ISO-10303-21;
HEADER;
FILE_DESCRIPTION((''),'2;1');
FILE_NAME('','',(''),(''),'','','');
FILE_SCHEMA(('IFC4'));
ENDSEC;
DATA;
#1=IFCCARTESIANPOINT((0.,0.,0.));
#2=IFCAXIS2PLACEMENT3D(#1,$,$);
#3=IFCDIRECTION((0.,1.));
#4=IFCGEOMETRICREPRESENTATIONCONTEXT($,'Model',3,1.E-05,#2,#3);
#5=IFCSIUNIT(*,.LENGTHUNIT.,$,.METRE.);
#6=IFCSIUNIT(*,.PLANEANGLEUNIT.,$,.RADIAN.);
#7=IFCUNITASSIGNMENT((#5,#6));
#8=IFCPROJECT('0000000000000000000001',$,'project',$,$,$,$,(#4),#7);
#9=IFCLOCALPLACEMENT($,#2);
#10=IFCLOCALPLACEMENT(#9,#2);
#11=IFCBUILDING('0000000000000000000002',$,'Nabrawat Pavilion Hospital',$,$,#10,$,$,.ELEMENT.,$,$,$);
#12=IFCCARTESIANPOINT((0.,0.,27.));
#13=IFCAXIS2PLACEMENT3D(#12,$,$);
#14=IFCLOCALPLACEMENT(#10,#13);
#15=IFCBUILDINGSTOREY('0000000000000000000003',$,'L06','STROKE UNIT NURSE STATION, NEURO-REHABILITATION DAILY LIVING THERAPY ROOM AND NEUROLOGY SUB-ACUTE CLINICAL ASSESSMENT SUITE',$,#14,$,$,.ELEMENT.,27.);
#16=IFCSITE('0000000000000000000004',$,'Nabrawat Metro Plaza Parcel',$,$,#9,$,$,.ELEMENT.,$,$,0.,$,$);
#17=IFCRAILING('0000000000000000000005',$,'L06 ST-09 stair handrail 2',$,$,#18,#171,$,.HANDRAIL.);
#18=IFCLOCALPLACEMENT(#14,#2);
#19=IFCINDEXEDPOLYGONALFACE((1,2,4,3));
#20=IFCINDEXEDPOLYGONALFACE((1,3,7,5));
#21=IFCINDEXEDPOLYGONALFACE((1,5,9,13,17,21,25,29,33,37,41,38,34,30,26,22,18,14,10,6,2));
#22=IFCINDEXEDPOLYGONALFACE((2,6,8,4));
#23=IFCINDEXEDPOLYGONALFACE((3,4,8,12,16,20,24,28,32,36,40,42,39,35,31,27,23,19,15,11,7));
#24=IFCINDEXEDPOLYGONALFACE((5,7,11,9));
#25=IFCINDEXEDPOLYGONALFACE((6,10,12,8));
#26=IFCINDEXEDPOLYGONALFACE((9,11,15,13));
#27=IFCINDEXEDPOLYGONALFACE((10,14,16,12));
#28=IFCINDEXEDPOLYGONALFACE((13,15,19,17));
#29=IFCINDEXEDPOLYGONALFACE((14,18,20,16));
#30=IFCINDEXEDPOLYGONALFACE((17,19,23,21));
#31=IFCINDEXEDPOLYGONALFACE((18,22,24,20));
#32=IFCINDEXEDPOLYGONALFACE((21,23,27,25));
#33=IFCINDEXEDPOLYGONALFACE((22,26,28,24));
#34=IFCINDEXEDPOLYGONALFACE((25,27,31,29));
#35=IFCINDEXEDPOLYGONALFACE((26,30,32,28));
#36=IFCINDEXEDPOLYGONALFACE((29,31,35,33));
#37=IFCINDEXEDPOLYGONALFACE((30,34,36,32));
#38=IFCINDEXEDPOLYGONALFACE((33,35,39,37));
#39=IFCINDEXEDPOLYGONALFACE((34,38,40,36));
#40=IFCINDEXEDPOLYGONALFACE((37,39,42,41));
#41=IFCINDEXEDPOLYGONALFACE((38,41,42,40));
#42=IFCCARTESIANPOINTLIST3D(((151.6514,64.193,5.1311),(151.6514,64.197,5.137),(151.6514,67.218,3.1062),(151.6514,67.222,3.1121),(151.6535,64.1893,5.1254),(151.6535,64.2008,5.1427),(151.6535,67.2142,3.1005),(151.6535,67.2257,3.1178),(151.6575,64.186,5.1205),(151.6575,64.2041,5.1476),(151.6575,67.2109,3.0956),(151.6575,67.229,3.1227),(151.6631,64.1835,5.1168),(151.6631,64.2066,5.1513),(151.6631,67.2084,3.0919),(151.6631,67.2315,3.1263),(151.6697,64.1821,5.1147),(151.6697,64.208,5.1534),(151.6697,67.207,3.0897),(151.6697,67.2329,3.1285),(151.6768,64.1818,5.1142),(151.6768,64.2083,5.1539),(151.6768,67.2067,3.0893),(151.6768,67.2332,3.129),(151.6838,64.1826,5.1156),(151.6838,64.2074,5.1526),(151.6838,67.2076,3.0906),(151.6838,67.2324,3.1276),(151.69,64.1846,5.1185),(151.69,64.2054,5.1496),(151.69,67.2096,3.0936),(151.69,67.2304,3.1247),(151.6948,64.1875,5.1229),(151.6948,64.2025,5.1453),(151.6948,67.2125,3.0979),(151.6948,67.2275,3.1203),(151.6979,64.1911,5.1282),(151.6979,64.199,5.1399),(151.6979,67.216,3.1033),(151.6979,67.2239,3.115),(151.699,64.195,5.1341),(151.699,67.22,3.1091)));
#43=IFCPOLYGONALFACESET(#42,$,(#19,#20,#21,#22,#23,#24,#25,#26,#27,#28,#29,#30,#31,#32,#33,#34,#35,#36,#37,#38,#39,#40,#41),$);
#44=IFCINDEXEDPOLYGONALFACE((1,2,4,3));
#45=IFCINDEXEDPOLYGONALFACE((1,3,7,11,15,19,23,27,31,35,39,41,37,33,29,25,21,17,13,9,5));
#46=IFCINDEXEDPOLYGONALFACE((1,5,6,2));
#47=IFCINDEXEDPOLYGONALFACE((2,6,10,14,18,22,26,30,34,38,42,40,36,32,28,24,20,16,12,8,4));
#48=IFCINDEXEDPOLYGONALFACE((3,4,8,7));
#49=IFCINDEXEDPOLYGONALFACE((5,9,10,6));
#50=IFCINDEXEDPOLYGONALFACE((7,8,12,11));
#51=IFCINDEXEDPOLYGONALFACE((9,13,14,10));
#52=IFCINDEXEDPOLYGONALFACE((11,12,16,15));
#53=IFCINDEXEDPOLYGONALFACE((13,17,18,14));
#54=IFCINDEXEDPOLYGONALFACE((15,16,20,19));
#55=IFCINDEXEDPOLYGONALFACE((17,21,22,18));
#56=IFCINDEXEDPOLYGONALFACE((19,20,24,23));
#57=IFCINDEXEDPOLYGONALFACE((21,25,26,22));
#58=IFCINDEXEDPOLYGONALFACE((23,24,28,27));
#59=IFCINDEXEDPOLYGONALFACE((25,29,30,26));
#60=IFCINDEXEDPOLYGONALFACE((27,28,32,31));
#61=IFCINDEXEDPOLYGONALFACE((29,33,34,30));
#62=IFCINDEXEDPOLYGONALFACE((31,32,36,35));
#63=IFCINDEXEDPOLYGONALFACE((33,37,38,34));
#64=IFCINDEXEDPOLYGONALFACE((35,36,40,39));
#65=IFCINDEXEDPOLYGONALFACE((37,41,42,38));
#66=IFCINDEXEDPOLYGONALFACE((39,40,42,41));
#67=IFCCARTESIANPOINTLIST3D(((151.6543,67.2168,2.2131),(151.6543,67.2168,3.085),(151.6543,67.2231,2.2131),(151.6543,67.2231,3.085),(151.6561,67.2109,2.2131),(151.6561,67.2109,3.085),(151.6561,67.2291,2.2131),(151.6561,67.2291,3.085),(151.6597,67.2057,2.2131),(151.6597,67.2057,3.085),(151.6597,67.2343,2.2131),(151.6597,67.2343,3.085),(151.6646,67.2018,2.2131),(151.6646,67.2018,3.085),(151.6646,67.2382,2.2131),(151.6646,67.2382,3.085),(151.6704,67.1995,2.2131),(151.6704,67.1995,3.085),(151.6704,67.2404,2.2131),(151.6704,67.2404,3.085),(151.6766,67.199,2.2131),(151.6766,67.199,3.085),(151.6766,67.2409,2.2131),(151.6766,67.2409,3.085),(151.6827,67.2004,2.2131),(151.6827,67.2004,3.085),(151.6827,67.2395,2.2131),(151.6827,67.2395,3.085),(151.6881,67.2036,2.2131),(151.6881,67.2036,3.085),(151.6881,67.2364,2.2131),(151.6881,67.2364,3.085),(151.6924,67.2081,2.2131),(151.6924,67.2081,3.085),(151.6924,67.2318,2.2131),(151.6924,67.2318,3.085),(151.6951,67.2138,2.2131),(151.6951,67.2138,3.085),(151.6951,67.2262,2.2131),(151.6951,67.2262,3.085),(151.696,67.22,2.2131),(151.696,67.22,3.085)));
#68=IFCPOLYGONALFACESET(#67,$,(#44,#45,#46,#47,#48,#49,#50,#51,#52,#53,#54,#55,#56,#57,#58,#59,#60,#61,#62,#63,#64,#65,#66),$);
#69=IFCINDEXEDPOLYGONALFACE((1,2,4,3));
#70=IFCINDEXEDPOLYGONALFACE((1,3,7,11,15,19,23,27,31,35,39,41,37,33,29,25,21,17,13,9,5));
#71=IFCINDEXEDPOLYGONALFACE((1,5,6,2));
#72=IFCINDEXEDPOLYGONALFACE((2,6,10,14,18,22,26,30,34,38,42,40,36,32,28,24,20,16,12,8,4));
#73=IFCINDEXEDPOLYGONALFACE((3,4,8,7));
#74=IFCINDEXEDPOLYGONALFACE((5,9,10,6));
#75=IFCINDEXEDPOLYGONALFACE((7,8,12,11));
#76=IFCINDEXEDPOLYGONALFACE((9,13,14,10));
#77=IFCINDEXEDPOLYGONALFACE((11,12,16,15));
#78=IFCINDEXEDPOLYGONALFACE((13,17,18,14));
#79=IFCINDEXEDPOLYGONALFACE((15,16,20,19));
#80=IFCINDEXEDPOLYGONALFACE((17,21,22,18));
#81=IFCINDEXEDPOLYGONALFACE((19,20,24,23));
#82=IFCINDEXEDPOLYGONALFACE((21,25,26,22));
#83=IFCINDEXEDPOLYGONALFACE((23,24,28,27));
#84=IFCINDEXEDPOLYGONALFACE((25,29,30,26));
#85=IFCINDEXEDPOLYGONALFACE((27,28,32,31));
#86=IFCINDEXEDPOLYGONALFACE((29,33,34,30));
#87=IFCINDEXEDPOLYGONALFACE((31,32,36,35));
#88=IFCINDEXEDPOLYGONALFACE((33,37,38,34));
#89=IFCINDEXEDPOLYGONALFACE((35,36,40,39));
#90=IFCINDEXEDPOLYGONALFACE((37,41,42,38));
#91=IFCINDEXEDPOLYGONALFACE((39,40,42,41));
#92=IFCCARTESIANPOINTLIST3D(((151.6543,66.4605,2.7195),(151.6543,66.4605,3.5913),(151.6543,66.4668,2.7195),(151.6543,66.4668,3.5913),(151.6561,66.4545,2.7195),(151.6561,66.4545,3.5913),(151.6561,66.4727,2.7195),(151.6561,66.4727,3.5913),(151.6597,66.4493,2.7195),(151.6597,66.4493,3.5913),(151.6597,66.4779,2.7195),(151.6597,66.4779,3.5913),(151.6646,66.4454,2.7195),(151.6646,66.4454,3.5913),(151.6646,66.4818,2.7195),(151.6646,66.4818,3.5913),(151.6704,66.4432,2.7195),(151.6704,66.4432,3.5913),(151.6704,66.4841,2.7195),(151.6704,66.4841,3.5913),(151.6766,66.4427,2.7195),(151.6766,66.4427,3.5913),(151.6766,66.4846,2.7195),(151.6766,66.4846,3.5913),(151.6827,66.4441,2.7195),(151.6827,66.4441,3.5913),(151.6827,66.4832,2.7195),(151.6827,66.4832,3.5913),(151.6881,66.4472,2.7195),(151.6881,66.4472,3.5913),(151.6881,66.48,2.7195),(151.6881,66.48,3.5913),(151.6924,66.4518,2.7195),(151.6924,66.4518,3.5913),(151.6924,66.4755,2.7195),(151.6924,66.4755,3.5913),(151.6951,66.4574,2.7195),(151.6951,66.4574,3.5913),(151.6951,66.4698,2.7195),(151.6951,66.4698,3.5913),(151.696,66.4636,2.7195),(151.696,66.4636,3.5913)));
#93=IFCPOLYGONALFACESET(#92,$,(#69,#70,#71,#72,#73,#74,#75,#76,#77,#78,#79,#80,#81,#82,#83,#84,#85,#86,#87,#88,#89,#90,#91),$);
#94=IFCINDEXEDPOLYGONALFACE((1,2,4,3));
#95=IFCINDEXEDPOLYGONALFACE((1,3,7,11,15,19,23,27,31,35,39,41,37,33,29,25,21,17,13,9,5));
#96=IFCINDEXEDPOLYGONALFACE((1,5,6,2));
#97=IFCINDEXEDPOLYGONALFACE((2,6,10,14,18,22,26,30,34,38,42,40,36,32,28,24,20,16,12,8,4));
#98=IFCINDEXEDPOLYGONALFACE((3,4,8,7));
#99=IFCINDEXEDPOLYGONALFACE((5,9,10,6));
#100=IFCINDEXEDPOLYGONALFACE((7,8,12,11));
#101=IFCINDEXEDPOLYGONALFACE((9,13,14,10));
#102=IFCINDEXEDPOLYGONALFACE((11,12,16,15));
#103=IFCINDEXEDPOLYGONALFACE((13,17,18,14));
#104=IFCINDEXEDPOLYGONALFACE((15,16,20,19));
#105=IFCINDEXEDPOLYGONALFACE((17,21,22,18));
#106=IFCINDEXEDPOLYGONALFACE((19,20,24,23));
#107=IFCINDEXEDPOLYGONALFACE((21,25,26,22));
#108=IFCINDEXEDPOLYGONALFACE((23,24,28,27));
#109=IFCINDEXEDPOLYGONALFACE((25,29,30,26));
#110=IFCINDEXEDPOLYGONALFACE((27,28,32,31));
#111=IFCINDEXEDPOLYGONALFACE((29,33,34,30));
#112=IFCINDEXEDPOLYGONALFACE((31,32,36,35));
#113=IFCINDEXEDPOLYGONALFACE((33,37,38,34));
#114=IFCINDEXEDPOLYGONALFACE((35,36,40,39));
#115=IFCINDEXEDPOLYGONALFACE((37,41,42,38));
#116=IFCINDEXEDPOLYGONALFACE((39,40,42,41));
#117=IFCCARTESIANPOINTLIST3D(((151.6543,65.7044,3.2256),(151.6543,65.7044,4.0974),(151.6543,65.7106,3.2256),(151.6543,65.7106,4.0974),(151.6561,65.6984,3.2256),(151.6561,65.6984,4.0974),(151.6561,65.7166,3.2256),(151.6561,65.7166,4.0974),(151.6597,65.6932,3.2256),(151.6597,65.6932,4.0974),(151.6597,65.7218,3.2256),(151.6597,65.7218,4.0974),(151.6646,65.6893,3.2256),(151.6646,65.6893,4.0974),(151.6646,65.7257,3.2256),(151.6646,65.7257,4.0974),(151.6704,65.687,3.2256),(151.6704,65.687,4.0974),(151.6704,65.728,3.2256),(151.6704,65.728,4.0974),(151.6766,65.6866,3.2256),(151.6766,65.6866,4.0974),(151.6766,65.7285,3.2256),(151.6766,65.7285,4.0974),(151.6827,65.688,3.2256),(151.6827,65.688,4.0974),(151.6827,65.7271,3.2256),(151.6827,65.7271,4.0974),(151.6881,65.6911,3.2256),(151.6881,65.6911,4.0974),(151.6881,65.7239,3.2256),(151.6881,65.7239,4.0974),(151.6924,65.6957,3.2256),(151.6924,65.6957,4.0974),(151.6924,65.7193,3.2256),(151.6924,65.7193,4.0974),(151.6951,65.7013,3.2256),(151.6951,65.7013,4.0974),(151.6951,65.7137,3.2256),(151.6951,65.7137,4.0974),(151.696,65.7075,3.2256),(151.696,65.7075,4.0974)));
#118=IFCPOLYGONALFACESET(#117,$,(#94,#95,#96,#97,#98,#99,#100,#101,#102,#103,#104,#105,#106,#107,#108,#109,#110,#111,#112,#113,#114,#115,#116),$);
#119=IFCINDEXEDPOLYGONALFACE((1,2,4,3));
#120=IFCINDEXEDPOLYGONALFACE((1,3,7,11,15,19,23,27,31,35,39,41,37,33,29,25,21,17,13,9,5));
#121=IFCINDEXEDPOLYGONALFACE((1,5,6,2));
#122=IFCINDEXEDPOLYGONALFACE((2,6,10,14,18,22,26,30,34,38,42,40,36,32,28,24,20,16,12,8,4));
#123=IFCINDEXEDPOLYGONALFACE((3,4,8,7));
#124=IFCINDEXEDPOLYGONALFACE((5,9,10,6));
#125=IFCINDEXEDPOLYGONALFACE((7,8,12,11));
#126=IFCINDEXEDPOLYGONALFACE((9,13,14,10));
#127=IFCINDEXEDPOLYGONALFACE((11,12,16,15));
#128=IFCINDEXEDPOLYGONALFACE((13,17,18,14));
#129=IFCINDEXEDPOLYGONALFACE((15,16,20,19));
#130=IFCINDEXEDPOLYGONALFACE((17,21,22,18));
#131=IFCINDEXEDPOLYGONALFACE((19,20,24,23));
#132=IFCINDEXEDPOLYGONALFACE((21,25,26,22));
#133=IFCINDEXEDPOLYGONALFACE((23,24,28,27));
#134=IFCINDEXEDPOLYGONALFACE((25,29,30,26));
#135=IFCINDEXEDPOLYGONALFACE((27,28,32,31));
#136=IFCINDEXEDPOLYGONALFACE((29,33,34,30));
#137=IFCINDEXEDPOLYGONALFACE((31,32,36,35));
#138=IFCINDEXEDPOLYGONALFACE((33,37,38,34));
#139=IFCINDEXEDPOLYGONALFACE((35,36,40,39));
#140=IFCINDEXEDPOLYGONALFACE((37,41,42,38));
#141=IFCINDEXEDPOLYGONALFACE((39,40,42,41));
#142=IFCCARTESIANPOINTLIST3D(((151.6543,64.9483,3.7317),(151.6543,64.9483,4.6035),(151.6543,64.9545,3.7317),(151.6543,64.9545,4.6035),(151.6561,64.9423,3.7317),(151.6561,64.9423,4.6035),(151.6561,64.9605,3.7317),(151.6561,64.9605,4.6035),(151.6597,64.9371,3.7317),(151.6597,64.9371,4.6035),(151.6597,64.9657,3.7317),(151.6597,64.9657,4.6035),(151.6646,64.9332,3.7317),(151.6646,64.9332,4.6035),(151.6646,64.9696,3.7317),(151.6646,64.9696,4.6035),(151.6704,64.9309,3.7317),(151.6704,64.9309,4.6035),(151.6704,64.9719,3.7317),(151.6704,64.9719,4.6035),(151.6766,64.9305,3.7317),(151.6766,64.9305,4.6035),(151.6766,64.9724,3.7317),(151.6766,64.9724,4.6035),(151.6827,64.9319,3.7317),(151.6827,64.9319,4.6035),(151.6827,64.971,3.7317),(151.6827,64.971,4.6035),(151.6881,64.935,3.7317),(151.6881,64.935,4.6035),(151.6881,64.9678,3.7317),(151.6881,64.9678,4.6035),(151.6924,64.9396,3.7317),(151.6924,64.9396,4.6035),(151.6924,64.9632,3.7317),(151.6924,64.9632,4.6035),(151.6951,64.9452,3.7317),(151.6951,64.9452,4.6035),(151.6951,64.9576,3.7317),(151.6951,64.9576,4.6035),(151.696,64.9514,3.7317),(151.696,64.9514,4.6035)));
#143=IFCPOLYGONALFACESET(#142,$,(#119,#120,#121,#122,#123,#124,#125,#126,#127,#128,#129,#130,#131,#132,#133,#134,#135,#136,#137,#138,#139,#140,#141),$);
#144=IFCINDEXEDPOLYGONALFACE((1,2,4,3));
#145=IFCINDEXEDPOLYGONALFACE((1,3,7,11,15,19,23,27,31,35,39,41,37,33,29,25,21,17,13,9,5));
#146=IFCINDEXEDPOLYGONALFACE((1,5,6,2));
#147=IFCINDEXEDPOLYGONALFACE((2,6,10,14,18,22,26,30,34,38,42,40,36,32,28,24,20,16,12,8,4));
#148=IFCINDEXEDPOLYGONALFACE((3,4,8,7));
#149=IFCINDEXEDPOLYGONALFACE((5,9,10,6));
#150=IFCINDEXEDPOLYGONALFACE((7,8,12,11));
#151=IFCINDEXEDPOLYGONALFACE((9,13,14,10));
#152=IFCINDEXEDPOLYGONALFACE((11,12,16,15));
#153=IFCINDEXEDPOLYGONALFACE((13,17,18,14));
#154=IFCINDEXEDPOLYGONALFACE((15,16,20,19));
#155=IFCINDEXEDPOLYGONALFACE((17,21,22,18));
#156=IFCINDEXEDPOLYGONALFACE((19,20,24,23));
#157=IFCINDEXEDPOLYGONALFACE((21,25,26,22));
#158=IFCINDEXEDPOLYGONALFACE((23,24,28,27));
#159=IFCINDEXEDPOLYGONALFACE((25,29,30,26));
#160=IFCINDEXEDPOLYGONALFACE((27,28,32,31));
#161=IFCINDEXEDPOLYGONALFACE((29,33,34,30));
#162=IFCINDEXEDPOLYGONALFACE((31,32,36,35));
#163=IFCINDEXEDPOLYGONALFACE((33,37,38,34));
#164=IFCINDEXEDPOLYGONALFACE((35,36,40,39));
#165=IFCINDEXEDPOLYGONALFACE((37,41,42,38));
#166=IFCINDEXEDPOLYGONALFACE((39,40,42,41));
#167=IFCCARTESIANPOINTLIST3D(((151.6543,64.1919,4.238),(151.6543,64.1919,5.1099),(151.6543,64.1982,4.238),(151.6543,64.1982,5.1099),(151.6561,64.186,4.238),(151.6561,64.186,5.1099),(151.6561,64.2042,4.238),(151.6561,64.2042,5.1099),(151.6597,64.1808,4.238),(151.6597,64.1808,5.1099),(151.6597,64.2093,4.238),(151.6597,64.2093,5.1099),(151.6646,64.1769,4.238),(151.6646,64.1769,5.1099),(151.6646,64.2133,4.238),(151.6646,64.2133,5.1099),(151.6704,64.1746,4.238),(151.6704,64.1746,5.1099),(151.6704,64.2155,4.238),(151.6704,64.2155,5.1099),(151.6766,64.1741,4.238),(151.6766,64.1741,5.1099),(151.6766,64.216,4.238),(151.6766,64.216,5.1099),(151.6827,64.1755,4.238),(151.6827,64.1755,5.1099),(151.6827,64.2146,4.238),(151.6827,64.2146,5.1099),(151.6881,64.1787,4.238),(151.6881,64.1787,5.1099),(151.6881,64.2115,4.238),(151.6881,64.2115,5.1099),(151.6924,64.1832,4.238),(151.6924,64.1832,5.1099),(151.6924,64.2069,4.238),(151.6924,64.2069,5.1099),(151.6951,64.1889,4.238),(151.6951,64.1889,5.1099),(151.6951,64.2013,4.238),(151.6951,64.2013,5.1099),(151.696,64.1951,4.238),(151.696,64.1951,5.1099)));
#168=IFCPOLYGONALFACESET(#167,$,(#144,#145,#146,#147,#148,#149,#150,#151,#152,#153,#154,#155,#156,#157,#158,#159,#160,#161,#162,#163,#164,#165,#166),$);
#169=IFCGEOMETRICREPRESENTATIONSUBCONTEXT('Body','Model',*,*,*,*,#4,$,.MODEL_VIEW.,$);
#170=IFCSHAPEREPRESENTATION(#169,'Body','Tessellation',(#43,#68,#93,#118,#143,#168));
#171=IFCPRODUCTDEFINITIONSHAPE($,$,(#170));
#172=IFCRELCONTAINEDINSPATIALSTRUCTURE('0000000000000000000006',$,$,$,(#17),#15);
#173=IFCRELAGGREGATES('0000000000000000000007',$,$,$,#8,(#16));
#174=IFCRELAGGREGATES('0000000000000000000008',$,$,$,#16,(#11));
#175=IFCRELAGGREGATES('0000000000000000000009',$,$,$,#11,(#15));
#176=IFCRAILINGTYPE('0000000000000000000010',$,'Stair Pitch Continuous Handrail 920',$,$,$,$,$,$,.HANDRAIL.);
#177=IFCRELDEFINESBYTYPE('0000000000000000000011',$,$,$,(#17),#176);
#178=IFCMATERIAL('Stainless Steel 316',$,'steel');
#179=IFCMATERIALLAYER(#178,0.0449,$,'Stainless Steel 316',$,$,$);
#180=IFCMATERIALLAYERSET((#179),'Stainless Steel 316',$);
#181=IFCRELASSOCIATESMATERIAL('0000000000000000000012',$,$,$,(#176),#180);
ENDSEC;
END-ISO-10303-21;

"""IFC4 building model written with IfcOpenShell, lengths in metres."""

from ifc_helpers import new_model, si_unit, direction, frame, origin, origin_2d, place, context, subcontext, project, spatial, circle, extrude, material, layer, layer_set, type_object, element, save


model = new_model("IFC4")

# Units and contexts
model_context = context("Model", 3, precision=1e-05, world=origin(), true_north=direction((0.0, 1.0)))
body_context = subcontext(model_context, "Body", "Model", "MODEL_VIEW")
ifc_project = project(units=[si_unit("LENGTHUNIT", "METRE"), si_unit("PLANEANGLEUNIT", "RADIAN")], contexts=[model_context])

# Site, building, storey
site_placement = place(None, origin())
site = spatial("IfcSite", under=ifc_project, at=site_placement, Name="Nabrawat Metro Plaza Parcel", CompositionType="ELEMENT", RefElevation=0.0)
building_placement = place(site_placement, origin())
building = spatial("IfcBuilding", under=site, at=building_placement, Name="Nabrawat Pavilion Hospital", CompositionType="ELEMENT")
storey_placement = place(building_placement, frame((0.0, 0.0, 27.0)))
storey = spatial("IfcBuildingStorey", under=building, at=storey_placement, Name="L06", Description="STROKE UNIT NURSE STATION, NEURO-REHABILITATION DAILY LIVING THERAPY ROOM AND NEUROLOGY SUB-ACUTE CLINICAL ASSESSMENT SUITE", CompositionType="ELEMENT", Elevation=27.0)

# Railing
ifc_material_1 = material(Name="Stainless Steel 316", Category="steel")
ifc_layer_1 = layer(ifc_material_1, 0.0449, Name="Stainless Steel 316")
ifc_layer_set_1 = layer_set([ifc_layer_1], Name="Stainless Steel 316")
railing_type_1 = type_object("IfcRailingType", Name="Stair Pitch Continuous Handrail 920", PredefinedType="HANDRAIL", material=ifc_layer_set_1)
railing_1_placement = place(storey_placement, frame((151.675, 67.22, 2.2131)))
element("IfcRailing", 1, at=railing_1_placement, inside=storey, type_object=railing_type_1, Name="L06 ST-09 stair handrail 2", PredefinedType="HANDRAIL", context=body_context, shape_type="SweptSolid", body=[
    extrude(circle(Radius=0.0239, at=origin_2d()), frame((0.0, 0.0, 0.896), z_axis=(0.0, -0.830996, 0.556278), x_axis=(1.0, 0.0, 0.0)), (0.0, 0.0, 1.0), 3.6401),
    extrude(circle(Radius=0.021, at=origin_2d()), origin(), (0.0, 0.0, 1.0), 0.8718),
    extrude(circle(Radius=0.021, at=origin_2d()), frame((0.0, -0.7563, 0.5063)), (0.0, 0.0, 1.0), 0.8718),
    extrude(circle(Radius=0.021, at=origin_2d()), frame((0.0, -1.5125, 1.0125)), (0.0, 0.0, 1.0), 0.8718),
    extrude(circle(Radius=0.021, at=origin_2d()), frame((0.0, -2.2686, 1.5186)), (0.0, 0.0, 1.0), 0.8718),
    extrude(circle(Radius=0.021, at=origin_2d()), frame((0.0, -3.0249, 2.0249)), (0.0, 0.0, 1.0), 0.8718),
])

save(model, "model.ifc")
